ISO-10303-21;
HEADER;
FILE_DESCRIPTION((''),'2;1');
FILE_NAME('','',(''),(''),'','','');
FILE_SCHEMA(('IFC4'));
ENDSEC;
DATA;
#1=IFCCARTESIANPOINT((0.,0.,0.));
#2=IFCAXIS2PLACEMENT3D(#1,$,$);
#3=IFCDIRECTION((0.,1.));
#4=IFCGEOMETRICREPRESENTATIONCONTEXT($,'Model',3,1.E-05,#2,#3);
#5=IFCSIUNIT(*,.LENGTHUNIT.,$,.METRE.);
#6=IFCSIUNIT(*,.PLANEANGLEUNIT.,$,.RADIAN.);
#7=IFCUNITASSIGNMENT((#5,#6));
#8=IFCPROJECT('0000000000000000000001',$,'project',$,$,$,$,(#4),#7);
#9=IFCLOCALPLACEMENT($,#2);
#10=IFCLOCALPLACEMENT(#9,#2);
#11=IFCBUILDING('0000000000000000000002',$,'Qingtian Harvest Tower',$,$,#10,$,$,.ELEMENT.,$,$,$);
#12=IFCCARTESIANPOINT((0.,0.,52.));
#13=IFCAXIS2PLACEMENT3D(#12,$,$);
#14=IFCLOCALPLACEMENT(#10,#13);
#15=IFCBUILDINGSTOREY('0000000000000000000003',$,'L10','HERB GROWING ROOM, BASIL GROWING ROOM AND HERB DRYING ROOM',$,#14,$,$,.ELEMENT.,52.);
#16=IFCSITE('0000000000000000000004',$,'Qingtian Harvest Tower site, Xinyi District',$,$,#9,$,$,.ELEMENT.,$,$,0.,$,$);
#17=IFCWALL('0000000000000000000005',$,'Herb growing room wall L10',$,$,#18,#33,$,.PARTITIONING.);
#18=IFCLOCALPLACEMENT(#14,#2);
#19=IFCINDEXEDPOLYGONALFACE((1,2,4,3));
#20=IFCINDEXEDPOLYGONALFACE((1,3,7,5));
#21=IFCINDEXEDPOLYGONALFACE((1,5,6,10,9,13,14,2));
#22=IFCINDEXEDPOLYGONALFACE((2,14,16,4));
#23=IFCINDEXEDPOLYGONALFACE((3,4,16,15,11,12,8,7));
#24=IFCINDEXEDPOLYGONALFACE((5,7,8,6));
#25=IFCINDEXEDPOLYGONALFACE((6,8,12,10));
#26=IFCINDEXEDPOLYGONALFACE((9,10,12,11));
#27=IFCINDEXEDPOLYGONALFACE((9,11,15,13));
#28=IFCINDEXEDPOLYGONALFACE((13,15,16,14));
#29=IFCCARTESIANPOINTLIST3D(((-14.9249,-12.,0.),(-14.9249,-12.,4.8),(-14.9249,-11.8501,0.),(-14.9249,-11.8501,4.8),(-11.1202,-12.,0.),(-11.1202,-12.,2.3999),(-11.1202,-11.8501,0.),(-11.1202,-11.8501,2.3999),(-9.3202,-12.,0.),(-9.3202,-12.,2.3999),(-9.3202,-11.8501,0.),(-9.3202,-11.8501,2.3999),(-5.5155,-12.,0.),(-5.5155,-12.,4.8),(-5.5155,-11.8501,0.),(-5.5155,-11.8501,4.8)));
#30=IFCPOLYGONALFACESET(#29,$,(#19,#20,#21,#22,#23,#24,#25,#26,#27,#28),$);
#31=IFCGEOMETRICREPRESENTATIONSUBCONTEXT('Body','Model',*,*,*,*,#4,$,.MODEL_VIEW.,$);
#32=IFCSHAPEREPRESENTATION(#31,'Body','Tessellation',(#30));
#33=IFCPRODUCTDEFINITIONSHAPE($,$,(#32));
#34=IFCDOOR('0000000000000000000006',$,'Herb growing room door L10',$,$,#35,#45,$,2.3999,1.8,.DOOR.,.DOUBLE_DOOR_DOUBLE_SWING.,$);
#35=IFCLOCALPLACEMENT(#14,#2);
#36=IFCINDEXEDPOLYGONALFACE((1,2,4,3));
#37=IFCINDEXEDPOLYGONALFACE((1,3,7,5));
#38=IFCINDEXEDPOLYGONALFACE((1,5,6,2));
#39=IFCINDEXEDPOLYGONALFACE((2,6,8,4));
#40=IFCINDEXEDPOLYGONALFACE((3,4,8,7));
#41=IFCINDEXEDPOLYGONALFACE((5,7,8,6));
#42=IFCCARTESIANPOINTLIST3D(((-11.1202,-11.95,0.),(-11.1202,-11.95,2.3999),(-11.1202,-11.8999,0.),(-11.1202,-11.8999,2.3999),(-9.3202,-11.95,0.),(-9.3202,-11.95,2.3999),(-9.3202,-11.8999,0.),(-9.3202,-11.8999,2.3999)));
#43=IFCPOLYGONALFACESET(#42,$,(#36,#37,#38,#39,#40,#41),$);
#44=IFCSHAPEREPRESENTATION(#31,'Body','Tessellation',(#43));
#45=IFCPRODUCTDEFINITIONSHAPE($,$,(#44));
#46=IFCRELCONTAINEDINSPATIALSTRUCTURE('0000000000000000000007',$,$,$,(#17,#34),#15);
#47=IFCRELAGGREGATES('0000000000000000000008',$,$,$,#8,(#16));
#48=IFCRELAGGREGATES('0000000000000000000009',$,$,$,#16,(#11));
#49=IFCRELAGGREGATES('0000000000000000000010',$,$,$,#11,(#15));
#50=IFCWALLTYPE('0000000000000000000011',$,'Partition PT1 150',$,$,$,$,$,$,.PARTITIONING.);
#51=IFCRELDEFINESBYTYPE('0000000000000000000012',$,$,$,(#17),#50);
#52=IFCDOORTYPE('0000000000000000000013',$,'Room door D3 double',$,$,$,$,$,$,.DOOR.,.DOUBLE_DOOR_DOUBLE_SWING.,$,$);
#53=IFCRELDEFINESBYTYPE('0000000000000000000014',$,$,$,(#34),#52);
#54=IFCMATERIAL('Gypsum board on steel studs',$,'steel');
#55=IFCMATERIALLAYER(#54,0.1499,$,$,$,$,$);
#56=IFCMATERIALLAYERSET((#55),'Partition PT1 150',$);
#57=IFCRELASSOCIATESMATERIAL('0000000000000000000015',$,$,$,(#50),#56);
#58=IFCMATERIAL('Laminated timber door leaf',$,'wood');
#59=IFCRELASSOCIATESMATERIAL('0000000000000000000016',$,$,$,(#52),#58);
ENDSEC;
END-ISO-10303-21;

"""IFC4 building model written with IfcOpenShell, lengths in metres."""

from ifc_helpers import new_model, si_unit, direction, frame, frame_2d, origin, place, context, subcontext, project, spatial, rectangle, extrude, material, layer, layer_set, type_object, element, fill, save


model = new_model("IFC4")

# Units and contexts
model_context = context("Model", 3, precision=1e-05, world=origin(), true_north=direction((0.0, 1.0)))
body_context = subcontext(model_context, "Body", "Model", "MODEL_VIEW")
ifc_project = project(units=[si_unit("LENGTHUNIT", "METRE"), si_unit("PLANEANGLEUNIT", "RADIAN")], contexts=[model_context])

# Site, building, storey
site_placement = place(None, origin())
site = spatial("IfcSite", under=ifc_project, at=site_placement, Name="Qingtian Harvest Tower site, Xinyi District", CompositionType="ELEMENT", RefElevation=0.0)
building_placement = place(site_placement, origin())
building = spatial("IfcBuilding", under=site, at=building_placement, Name="Qingtian Harvest Tower", CompositionType="ELEMENT")
storey_placement = place(building_placement, frame((0.0, 0.0, 52.0)))
storey = spatial("IfcBuildingStorey", under=building, at=storey_placement, Name="L10", Description="HERB GROWING ROOM, BASIL GROWING ROOM AND HERB DRYING ROOM", CompositionType="ELEMENT", Elevation=52.0)

# Shared definitions
ifc_material_1 = material(Name="Gypsum board on steel studs", Category="steel")
ifc_layer_1 = layer(ifc_material_1, 0.1499)
ifc_layer_set_1 = layer_set([ifc_layer_1], Name="Partition PT1 150")
wall_type_1 = type_object("IfcWallType", Name="Partition PT1 150", PredefinedType="PARTITIONING", material=ifc_layer_set_1)

# Wall, opening, door
wall_1_placement = place(storey_placement, frame((-5.5156, -11.925, 0.0), z_axis=(0.0, 0.0, 1.0), x_axis=(-1.0, 0.0, 0.0)))
wall_1 = element("IfcWall", 1, at=wall_1_placement, inside=storey, type_object=wall_type_1, Name="Herb growing room wall L10", PredefinedType="PARTITIONING", context=body_context, shape_type="SweptSolid", body=[
    extrude(rectangle(XDim=9.4094, YDim=0.1499, at=frame_2d((4.7046, 0.0))), origin(), (0.0, 0.0, 1.0), 4.8),
])
opening_1_placement = place(wall_1_placement, frame((3.8047, 0.0, 0.0)))
opening_1 = element("IfcOpeningElement", 2, at=opening_1_placement, cuts=wall_1, PredefinedType="OPENING", context=body_context, shape_type="SweptSolid", body=[
    extrude(rectangle(XDim=1.8, YDim=2.3999, at=frame_2d((0.8999, 1.2))), frame((0.0, 0.085, 0.0), z_axis=(0.0, -1.0, 0.0), x_axis=(1.0, 0.0, 0.0)), (0.0, 0.0, 1.0), 0.1699),
])
ifc_material_2 = material(Name="Laminated timber door leaf", Category="wood")
door_type_1 = type_object("IfcDoorType", Name="Room door D3 double", OperationType="DOUBLE_DOOR_DOUBLE_SWING", PredefinedType="DOOR", material=ifc_material_2)
door_1_placement = place(opening_1_placement, origin())
door_1 = element("IfcDoor", 3, at=door_1_placement, inside=storey, type_object=door_type_1, Name="Herb growing room door L10", OperationType="DOUBLE_DOOR_DOUBLE_SWING", OverallHeight=2.3999, OverallWidth=1.8, PredefinedType="DOOR", context=body_context, shape_type="SweptSolid", body=[
    extrude(rectangle(XDim=1.8, YDim=2.3999, at=frame_2d((0.8999, 1.2))), frame((0.0, 0.0249, 0.0), z_axis=(0.0, -1.0, 0.0), x_axis=(1.0, 0.0, 0.0)), (0.0, 0.0, 1.0), 0.05),
])
fill(opening_1, door_1)

save(model, "model.ifc")
